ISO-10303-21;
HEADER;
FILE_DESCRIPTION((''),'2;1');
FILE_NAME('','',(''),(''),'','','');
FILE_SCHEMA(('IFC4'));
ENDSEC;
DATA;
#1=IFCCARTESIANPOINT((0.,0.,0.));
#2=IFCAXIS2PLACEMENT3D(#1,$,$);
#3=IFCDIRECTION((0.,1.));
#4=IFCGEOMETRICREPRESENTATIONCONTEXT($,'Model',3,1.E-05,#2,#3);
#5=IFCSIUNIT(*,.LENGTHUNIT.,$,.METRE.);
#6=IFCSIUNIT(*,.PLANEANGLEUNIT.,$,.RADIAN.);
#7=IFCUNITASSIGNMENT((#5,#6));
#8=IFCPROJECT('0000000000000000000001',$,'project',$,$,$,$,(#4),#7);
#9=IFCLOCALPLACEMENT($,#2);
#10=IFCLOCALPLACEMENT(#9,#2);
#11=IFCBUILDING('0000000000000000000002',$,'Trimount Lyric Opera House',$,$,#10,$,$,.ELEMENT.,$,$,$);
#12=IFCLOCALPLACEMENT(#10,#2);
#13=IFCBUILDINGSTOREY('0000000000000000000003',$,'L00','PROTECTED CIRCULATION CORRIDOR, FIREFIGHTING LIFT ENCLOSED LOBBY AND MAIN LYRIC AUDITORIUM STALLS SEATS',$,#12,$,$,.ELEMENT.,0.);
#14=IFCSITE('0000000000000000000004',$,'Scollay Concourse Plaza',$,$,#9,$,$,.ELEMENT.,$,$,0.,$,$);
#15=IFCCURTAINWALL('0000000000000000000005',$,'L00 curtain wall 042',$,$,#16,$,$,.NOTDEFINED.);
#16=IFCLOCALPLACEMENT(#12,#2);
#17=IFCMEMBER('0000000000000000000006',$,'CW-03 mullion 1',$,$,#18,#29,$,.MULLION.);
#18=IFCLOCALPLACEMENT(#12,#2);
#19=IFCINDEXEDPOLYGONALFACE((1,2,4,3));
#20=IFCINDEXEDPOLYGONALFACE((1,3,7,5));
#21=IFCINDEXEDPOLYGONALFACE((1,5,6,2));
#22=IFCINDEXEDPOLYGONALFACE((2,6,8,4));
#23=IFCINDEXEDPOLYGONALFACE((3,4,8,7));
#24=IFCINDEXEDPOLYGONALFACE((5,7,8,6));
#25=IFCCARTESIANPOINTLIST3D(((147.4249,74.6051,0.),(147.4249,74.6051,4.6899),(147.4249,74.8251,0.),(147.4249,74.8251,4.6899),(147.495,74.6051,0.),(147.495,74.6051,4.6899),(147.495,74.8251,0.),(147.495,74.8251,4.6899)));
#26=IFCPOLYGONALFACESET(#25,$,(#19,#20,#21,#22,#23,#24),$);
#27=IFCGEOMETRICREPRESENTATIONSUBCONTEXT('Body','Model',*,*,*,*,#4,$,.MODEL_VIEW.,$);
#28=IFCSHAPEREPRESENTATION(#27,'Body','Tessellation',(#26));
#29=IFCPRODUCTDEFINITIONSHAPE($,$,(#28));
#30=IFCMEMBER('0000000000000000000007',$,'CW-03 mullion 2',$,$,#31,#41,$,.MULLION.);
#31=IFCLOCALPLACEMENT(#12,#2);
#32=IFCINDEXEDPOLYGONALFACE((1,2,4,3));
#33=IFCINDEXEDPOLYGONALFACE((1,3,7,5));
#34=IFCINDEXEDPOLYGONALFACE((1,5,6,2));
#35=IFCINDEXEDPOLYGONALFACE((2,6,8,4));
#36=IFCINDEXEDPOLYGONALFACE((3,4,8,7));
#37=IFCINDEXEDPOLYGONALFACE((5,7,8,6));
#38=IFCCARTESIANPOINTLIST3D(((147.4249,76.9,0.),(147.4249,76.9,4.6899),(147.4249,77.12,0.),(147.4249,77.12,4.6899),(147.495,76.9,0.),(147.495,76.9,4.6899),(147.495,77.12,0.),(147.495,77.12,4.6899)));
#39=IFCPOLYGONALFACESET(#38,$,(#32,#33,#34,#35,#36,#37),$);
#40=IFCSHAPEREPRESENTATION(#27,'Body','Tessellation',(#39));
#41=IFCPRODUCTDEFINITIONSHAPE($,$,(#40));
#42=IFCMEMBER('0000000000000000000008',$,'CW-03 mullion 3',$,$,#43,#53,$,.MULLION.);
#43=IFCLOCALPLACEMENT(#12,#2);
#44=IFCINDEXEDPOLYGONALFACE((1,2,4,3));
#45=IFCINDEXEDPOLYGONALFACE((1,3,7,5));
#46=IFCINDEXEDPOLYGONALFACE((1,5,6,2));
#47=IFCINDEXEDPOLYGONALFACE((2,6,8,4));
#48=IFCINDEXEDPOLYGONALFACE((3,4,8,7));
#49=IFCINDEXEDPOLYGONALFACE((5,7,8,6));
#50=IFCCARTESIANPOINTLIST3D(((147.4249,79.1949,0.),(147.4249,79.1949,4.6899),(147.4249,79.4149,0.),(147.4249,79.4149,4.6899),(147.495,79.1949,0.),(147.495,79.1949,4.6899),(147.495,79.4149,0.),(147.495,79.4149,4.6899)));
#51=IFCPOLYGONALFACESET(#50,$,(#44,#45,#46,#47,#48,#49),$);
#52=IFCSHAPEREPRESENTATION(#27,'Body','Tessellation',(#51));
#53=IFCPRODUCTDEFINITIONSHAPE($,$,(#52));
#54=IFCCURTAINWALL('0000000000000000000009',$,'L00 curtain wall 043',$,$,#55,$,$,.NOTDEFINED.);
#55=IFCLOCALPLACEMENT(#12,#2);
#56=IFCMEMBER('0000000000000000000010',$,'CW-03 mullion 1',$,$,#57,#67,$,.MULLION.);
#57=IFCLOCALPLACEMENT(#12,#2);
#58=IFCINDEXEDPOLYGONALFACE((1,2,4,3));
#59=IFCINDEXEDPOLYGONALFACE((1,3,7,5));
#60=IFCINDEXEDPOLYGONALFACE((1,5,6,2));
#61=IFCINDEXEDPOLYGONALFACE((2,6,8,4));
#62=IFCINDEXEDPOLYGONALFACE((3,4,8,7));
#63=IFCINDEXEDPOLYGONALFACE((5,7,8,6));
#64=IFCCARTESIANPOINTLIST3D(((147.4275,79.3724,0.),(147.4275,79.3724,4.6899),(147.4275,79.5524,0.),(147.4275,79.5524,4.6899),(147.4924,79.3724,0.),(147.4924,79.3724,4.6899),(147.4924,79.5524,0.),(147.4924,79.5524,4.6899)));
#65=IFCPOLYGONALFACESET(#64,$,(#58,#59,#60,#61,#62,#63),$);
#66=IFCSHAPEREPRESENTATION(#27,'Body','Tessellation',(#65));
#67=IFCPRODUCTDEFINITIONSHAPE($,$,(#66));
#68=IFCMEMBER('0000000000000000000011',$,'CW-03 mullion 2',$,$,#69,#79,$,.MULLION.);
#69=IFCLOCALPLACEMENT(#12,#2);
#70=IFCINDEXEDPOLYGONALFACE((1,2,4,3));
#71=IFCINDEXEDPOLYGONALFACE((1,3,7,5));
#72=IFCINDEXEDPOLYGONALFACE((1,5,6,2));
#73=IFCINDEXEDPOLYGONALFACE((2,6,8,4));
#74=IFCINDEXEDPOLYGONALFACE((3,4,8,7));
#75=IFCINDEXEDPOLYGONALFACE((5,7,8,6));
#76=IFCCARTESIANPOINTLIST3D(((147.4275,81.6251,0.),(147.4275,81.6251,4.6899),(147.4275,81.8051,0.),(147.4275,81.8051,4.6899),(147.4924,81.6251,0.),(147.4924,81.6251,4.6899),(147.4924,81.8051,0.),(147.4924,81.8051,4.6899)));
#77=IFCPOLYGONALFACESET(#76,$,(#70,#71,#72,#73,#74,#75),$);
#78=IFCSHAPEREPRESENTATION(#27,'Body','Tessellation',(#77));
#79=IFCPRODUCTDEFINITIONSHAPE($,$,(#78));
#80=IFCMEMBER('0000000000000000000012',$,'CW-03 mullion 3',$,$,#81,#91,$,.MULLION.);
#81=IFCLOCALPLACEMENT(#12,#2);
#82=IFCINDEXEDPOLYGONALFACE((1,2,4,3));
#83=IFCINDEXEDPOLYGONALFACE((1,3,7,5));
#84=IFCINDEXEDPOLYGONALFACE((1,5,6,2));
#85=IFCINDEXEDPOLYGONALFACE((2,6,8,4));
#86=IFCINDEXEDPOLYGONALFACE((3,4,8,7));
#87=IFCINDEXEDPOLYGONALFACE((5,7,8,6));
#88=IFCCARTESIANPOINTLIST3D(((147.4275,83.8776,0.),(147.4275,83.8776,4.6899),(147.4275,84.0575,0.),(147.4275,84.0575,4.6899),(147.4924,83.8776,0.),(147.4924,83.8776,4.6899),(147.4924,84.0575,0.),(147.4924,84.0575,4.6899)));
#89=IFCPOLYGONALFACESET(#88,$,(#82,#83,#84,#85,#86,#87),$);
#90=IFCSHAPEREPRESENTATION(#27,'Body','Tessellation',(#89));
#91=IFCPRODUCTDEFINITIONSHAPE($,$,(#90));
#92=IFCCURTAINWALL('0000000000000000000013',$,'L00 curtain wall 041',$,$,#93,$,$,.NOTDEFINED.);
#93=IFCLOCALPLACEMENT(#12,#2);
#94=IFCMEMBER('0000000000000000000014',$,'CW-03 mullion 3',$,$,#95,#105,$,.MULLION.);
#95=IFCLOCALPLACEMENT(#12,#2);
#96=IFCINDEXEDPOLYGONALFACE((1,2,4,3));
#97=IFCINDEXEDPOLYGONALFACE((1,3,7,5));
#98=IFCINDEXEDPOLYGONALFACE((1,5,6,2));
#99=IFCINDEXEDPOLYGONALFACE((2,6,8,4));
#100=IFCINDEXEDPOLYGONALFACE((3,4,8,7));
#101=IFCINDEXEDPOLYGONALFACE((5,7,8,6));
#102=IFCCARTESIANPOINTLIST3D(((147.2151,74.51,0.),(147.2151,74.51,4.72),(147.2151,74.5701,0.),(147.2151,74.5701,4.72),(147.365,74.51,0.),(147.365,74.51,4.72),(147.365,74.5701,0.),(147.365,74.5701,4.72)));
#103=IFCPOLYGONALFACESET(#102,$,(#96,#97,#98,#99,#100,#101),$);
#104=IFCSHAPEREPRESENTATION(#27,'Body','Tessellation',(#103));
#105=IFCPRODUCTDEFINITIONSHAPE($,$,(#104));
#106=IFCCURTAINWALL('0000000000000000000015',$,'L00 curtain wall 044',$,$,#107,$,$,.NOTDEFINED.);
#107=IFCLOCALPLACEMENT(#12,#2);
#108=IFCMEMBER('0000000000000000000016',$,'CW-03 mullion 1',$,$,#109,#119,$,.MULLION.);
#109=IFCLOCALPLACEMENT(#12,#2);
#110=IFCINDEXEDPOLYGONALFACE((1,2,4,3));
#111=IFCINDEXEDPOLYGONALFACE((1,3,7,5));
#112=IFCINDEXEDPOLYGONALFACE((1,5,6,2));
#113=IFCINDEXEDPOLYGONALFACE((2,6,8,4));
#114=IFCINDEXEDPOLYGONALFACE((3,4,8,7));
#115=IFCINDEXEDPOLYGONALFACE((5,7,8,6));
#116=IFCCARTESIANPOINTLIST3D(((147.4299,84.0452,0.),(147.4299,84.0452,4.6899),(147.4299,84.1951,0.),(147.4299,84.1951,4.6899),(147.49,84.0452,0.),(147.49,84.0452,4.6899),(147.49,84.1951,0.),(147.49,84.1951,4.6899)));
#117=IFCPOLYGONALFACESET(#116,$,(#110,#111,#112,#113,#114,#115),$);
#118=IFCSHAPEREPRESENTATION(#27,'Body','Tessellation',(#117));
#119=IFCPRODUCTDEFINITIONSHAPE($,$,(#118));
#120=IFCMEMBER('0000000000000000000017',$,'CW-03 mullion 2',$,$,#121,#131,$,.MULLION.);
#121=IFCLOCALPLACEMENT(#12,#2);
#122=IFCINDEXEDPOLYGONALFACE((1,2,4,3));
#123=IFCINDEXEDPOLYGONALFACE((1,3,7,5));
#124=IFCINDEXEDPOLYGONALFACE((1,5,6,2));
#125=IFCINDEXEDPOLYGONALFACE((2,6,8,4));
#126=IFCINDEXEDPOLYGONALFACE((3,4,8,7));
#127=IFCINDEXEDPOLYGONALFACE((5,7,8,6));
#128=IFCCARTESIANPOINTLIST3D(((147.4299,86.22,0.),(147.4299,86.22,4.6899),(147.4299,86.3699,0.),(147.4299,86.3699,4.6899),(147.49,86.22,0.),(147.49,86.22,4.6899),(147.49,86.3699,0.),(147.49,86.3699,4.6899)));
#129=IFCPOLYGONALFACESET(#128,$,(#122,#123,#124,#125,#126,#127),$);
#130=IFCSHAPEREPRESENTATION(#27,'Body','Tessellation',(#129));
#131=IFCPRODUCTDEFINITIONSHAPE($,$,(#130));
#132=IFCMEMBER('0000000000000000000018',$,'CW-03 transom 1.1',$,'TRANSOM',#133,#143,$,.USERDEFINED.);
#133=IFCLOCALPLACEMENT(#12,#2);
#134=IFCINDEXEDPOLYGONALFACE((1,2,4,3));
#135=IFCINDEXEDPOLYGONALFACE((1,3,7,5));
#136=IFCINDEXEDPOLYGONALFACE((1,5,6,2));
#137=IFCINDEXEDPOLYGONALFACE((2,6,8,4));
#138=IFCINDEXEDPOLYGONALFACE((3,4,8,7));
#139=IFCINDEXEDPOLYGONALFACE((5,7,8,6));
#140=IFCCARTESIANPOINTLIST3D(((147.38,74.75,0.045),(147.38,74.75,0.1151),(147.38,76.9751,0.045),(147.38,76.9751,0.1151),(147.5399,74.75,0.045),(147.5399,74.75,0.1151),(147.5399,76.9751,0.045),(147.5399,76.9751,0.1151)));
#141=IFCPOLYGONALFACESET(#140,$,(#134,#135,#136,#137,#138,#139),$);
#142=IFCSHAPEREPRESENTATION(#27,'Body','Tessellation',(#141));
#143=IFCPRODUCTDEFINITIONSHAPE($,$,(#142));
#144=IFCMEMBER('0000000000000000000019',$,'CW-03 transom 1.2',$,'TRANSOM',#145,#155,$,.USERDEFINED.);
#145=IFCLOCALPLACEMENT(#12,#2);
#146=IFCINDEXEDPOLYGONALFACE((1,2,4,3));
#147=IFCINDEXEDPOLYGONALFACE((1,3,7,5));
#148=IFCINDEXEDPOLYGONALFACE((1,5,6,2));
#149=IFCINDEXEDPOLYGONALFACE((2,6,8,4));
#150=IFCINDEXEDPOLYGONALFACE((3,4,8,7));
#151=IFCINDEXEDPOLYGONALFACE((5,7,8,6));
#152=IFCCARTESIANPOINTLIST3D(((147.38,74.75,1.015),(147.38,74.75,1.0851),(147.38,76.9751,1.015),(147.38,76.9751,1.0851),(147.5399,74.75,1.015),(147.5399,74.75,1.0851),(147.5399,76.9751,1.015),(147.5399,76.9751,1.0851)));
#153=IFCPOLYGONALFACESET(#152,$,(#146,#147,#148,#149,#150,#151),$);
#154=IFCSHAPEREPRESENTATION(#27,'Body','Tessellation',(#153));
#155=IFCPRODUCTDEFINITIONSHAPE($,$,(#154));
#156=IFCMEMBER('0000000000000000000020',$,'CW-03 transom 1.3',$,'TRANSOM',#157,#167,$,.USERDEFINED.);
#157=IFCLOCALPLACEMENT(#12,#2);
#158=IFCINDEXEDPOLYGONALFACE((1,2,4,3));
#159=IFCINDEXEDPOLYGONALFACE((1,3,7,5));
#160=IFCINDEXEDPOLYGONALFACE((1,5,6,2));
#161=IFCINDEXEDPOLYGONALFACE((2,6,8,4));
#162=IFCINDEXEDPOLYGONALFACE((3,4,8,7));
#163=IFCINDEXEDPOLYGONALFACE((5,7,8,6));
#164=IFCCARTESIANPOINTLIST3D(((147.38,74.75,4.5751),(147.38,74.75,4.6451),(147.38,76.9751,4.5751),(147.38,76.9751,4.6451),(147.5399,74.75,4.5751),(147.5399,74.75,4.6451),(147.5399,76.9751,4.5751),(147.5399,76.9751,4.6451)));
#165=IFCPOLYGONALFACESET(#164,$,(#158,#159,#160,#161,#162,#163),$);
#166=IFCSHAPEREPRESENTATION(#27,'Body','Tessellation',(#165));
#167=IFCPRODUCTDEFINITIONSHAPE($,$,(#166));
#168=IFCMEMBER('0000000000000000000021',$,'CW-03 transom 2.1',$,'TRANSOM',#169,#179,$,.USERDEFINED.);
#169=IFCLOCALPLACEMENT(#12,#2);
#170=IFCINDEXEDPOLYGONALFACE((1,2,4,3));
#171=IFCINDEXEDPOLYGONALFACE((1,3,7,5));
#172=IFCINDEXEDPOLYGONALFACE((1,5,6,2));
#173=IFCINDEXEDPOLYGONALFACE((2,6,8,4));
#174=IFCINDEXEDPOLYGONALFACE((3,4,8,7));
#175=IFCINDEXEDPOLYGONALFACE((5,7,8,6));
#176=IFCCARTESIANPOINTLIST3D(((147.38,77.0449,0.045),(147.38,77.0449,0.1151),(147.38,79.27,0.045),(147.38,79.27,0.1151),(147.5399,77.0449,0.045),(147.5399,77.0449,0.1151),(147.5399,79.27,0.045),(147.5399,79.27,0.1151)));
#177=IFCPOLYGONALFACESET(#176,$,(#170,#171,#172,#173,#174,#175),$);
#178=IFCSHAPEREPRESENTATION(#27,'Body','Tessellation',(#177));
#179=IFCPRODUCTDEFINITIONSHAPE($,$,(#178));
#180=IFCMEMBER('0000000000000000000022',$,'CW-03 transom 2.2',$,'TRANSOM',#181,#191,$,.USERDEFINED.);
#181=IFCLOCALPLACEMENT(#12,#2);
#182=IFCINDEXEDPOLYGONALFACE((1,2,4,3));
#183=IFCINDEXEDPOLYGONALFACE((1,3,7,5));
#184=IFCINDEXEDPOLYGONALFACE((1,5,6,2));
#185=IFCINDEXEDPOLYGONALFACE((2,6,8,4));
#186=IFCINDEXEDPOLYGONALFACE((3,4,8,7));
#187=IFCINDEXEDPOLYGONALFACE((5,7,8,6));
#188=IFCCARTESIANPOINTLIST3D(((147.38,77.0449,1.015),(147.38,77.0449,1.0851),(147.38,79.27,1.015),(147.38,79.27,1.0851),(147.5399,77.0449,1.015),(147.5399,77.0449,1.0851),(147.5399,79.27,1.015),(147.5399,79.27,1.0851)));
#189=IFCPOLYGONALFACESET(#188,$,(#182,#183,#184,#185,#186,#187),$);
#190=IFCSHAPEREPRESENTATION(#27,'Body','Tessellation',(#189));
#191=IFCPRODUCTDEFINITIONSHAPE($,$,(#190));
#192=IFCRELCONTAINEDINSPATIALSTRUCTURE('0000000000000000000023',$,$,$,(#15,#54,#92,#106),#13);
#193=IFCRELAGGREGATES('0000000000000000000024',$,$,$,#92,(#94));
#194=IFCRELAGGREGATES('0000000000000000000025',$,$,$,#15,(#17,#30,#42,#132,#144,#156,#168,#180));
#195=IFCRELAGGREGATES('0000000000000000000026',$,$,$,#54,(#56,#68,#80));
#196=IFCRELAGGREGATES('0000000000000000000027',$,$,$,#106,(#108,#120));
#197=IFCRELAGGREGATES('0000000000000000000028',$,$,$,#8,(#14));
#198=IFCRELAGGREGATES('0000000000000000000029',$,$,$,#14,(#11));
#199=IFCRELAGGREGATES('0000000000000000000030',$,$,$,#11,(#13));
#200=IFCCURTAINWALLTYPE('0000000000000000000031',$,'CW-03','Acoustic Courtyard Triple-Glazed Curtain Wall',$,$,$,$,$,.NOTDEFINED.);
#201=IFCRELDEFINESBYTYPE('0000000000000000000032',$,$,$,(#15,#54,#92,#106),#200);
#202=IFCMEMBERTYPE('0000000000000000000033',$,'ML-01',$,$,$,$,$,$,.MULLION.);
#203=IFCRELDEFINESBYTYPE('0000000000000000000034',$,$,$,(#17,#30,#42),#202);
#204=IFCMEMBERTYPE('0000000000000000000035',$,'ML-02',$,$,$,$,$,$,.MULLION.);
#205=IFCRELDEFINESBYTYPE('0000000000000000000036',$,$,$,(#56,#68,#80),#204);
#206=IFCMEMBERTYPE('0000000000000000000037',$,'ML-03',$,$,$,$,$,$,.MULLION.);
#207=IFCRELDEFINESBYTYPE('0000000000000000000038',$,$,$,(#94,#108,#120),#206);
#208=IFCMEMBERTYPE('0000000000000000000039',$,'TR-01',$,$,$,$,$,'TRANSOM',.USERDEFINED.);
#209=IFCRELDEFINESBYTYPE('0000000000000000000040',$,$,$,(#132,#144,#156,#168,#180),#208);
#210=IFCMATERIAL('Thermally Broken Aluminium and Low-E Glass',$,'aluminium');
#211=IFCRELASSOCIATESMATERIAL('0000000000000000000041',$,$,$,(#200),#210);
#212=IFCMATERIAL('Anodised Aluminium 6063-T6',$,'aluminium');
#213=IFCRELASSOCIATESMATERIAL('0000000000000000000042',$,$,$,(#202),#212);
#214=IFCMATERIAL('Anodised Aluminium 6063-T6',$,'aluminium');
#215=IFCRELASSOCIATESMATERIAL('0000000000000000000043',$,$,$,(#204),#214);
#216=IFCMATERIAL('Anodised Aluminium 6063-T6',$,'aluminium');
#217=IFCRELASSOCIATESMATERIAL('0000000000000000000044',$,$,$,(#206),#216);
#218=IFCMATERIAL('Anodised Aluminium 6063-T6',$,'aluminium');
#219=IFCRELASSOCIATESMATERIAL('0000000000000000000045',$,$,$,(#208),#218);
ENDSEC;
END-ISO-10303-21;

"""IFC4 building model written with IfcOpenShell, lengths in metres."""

from ifc_helpers import new_model, si_unit, direction, frame, origin, origin_2d, place, context, subcontext, project, spatial, rectangle, extrude, material, material_profile, profile_set, type_object, element, aggregate, save


model = new_model("IFC4")

# Units and contexts
model_context = context("Model", 3, precision=1e-05, world=origin(), true_north=direction((0.0, 1.0)))
body_context = subcontext(model_context, "Body", "Model", "MODEL_VIEW")
ifc_project = project(units=[si_unit("LENGTHUNIT", "METRE"), si_unit("PLANEANGLEUNIT", "RADIAN")], contexts=[model_context])

# Site, building, storey
site_placement = place(None, origin())
site = spatial("IfcSite", under=ifc_project, at=site_placement, Name="Scollay Concourse Plaza", CompositionType="ELEMENT", RefElevation=0.0)
building_placement = place(site_placement, origin())
building = spatial("IfcBuilding", under=site, at=building_placement, Name="Trimount Lyric Opera House", CompositionType="ELEMENT")
storey_placement = place(building_placement, origin())
storey = spatial("IfcBuildingStorey", under=building, at=storey_placement, Name="L00", Description="PROTECTED CIRCULATION CORRIDOR, FIREFIGHTING LIFT ENCLOSED LOBBY AND MAIN LYRIC AUDITORIUM STALLS SEATS", CompositionType="ELEMENT", Elevation=0.0)

# Curtain walls, members
ifc_material_1 = material(Name="Thermally Broken Aluminium and Low-E Glass", Category="aluminium")
curtain_wall_type = type_object("IfcCurtainWallType", Name="CW-03", Description="Acoustic Courtyard Triple-Glazed Curtain Wall", PredefinedType="NOTDEFINED", material=ifc_material_1)
curtain_wall_1_placement = place(storey_placement, origin())
curtain_wall_1 = element("IfcCurtainWall", 1, at=curtain_wall_1_placement, inside=storey, type_object=curtain_wall_type, Name="L00 curtain wall 042", PredefinedType="NOTDEFINED")
ifc_material_2 = material(Name="Anodised Aluminium 6063-T6", Category="aluminium")
ifc_material_profile_1 = material_profile(ifc_material_2, rectangle(XDim=0.0701, YDim=0.22, at=origin_2d()), Name="ALU-MULL-70X220")
ifc_profile_set_1 = profile_set([ifc_material_profile_1], Name="Anodised Aluminium 6063-T6")
member_type_1 = type_object("IfcMemberType", Name="ML-01", PredefinedType="MULLION", material=ifc_profile_set_1)
member_1_placement = place(storey_placement, frame((147.46, 74.7151, 0.0), z_axis=(0.0, 0.0, 1.0), x_axis=(-1.0, 0.0, 0.0)))
member_1 = element("IfcMember", 2, at=member_1_placement, type_object=member_type_1, Name="CW-03 mullion 1", PredefinedType="MULLION", context=body_context, shape_type="SweptSolid", body=[
    extrude(rectangle(XDim=0.0701, YDim=0.22, at=origin_2d()), origin(), (0.0, 0.0, 1.0), 4.6899),
])
member_2_placement = place(storey_placement, frame((147.46, 77.01, 0.0), z_axis=(0.0, 0.0, 1.0), x_axis=(-1.0, 0.0, 0.0)))
member_2 = element("IfcMember", 3, at=member_2_placement, type_object=member_type_1, Name="CW-03 mullion 2", PredefinedType="MULLION", context=body_context, shape_type="SweptSolid", body=[
    extrude(rectangle(XDim=0.0701, YDim=0.22, at=origin_2d()), origin(), (0.0, 0.0, 1.0), 4.6899),
])
member_3_placement = place(storey_placement, frame((147.46, 79.3049, 0.0), z_axis=(0.0, 0.0, 1.0), x_axis=(-1.0, 0.0, 0.0)))
member_3 = element("IfcMember", 4, at=member_3_placement, type_object=member_type_1, Name="CW-03 mullion 3", PredefinedType="MULLION", context=body_context, shape_type="SweptSolid", body=[
    extrude(rectangle(XDim=0.0701, YDim=0.22, at=origin_2d()), origin(), (0.0, 0.0, 1.0), 4.6899),
])
curtain_wall_2_placement = place(storey_placement, origin())
curtain_wall_2 = element("IfcCurtainWall", 5, at=curtain_wall_2_placement, inside=storey, type_object=curtain_wall_type, Name="L00 curtain wall 043", PredefinedType="NOTDEFINED")
ifc_material_3 = material(Name="Anodised Aluminium 6063-T6", Category="aluminium")
ifc_material_profile_2 = material_profile(ifc_material_3, rectangle(XDim=0.0649, YDim=0.1799, at=origin_2d()), Name="ALU-MULL-65X180")
ifc_profile_set_2 = profile_set([ifc_material_profile_2], Name="Anodised Aluminium 6063-T6")
member_type_2 = type_object("IfcMemberType", Name="ML-02", PredefinedType="MULLION", material=ifc_profile_set_2)
member_4_placement = place(storey_placement, frame((147.46, 79.4624, 0.0), z_axis=(0.0, 0.0, 1.0), x_axis=(-1.0, 0.0, 0.0)))
member_4 = element("IfcMember", 6, at=member_4_placement, type_object=member_type_2, Name="CW-03 mullion 1", PredefinedType="MULLION", context=body_context, shape_type="SweptSolid", body=[
    extrude(rectangle(XDim=0.0649, YDim=0.1799, at=origin_2d()), origin(), (0.0, 0.0, 1.0), 4.6899),
])
member_5_placement = place(storey_placement, frame((147.46, 81.7151, 0.0), z_axis=(0.0, 0.0, 1.0), x_axis=(-1.0, 0.0, 0.0)))
member_5 = element("IfcMember", 7, at=member_5_placement, type_object=member_type_2, Name="CW-03 mullion 2", PredefinedType="MULLION", context=body_context, shape_type="SweptSolid", body=[
    extrude(rectangle(XDim=0.0649, YDim=0.1799, at=origin_2d()), origin(), (0.0, 0.0, 1.0), 4.6899),
])
member_6_placement = place(storey_placement, frame((147.46, 83.9675, 0.0), z_axis=(0.0, 0.0, 1.0), x_axis=(-1.0, 0.0, 0.0)))
member_6 = element("IfcMember", 8, at=member_6_placement, type_object=member_type_2, Name="CW-03 mullion 3", PredefinedType="MULLION", context=body_context, shape_type="SweptSolid", body=[
    extrude(rectangle(XDim=0.0649, YDim=0.1799, at=origin_2d()), origin(), (0.0, 0.0, 1.0), 4.6899),
])

# Curtain wall, member
curtain_wall_3_placement = place(storey_placement, origin())
curtain_wall_3 = element("IfcCurtainWall", 9, at=curtain_wall_3_placement, inside=storey, type_object=curtain_wall_type, Name="L00 curtain wall 041", PredefinedType="NOTDEFINED")
ifc_material_4 = material(Name="Anodised Aluminium 6063-T6", Category="aluminium")
ifc_material_profile_3 = material_profile(ifc_material_4, rectangle(XDim=0.0601, YDim=0.1499, at=origin_2d()), Name="ALU-MULL-60X150")
ifc_profile_set_3 = profile_set([ifc_material_profile_3], Name="Anodised Aluminium 6063-T6")
member_type_3 = type_object("IfcMemberType", Name="ML-03", PredefinedType="MULLION", material=ifc_profile_set_3)
member_7_placement = place(storey_placement, frame((147.29, 74.54, 0.0), z_axis=(0.0, 0.0, 1.0), x_axis=(0.0, 1.0, 0.0)))
member_7 = element("IfcMember", 10, at=member_7_placement, type_object=member_type_3, Name="CW-03 mullion 3", PredefinedType="MULLION", context=body_context, shape_type="SweptSolid", body=[
    extrude(rectangle(XDim=0.0601, YDim=0.1499, at=origin_2d()), origin(), (0.0, 0.0, 1.0), 4.72),
])
aggregate(curtain_wall_3, [member_7])

# Curtain wall, members
curtain_wall_4_placement = place(storey_placement, origin())
curtain_wall_4 = element("IfcCurtainWall", 11, at=curtain_wall_4_placement, inside=storey, type_object=curtain_wall_type, Name="L00 curtain wall 044", PredefinedType="NOTDEFINED")
member_8_placement = place(storey_placement, frame((147.46, 84.1201, 0.0), z_axis=(0.0, 0.0, 1.0), x_axis=(-1.0, 0.0, 0.0)))
member_8 = element("IfcMember", 12, at=member_8_placement, type_object=member_type_3, Name="CW-03 mullion 1", PredefinedType="MULLION", context=body_context, shape_type="SweptSolid", body=[
    extrude(rectangle(XDim=0.0601, YDim=0.1499, at=origin_2d()), origin(), (0.0, 0.0, 1.0), 4.6899),
])
member_9_placement = place(storey_placement, frame((147.46, 86.2949, 0.0), z_axis=(0.0, 0.0, 1.0), x_axis=(-1.0, 0.0, 0.0)))
member_9 = element("IfcMember", 13, at=member_9_placement, type_object=member_type_3, Name="CW-03 mullion 2", PredefinedType="MULLION", context=body_context, shape_type="SweptSolid", body=[
    extrude(rectangle(XDim=0.0601, YDim=0.1499, at=origin_2d()), origin(), (0.0, 0.0, 1.0), 4.6899),
])

# Members
ifc_material_5 = material(Name="Anodised Aluminium 6063-T6", Category="aluminium")
ifc_material_profile_4 = material_profile(ifc_material_5, rectangle(XDim=0.1599, YDim=0.0701, at=origin_2d()), Name="ALU-TRAN-70X160")
ifc_profile_set_4 = profile_set([ifc_material_profile_4], Name="Anodised Aluminium 6063-T6")
member_type_4 = type_object("IfcMemberType", Name="TR-01", ElementType="TRANSOM", PredefinedType="USERDEFINED", material=ifc_profile_set_4)
member_10_placement = place(storey_placement, frame((147.46, 74.75, 0.0801), z_axis=(0.0, 1.0, 0.0), x_axis=(-1.0, 0.0, 0.0)))
member_10 = element("IfcMember", 14, at=member_10_placement, type_object=member_type_4, Name="CW-03 transom 1.1", ObjectType="TRANSOM", PredefinedType="USERDEFINED", context=body_context, shape_type="SweptSolid", body=[
    extrude(rectangle(XDim=0.1599, YDim=0.0701, at=origin_2d()), origin(), (0.0, 0.0, 1.0), 2.2251),
])
member_11_placement = place(storey_placement, frame((147.46, 74.75, 1.05), z_axis=(0.0, 1.0, 0.0), x_axis=(-1.0, 0.0, 0.0)))
member_11 = element("IfcMember", 15, at=member_11_placement, type_object=member_type_4, Name="CW-03 transom 1.2", ObjectType="TRANSOM", PredefinedType="USERDEFINED", context=body_context, shape_type="SweptSolid", body=[
    extrude(rectangle(XDim=0.1599, YDim=0.0701, at=origin_2d()), origin(), (0.0, 0.0, 1.0), 2.2251),
])
member_12_placement = place(storey_placement, frame((147.46, 74.75, 4.6101), z_axis=(0.0, 1.0, 0.0), x_axis=(-1.0, 0.0, 0.0)))
member_12 = element("IfcMember", 16, at=member_12_placement, type_object=member_type_4, Name="CW-03 transom 1.3", ObjectType="TRANSOM", PredefinedType="USERDEFINED", context=body_context, shape_type="SweptSolid", body=[
    extrude(rectangle(XDim=0.1599, YDim=0.0701, at=origin_2d()), origin(), (0.0, 0.0, 1.0), 2.2251),
])
member_13_placement = place(storey_placement, frame((147.46, 77.0449, 0.0801), z_axis=(0.0, 1.0, 0.0), x_axis=(-1.0, 0.0, 0.0)))
member_13 = element("IfcMember", 17, at=member_13_placement, type_object=member_type_4, Name="CW-03 transom 2.1", ObjectType="TRANSOM", PredefinedType="USERDEFINED", context=body_context, shape_type="SweptSolid", body=[
    extrude(rectangle(XDim=0.1599, YDim=0.0701, at=origin_2d()), origin(), (0.0, 0.0, 1.0), 2.2251),
])
member_14_placement = place(storey_placement, frame((147.46, 77.0449, 1.05), z_axis=(0.0, 1.0, 0.0), x_axis=(-1.0, 0.0, 0.0)))
member_14 = element("IfcMember", 18, at=member_14_placement, type_object=member_type_4, Name="CW-03 transom 2.2", ObjectType="TRANSOM", PredefinedType="USERDEFINED", context=body_context, shape_type="SweptSolid", body=[
    extrude(rectangle(XDim=0.1599, YDim=0.0701, at=origin_2d()), origin(), (0.0, 0.0, 1.0), 2.2251),
])

aggregate(curtain_wall_1, [member_1, member_2, member_3, member_10, member_11, member_12, member_13, member_14])
aggregate(curtain_wall_2, [member_4, member_5, member_6])
aggregate(curtain_wall_4, [member_8, member_9])

save(model, "model.ifc")
